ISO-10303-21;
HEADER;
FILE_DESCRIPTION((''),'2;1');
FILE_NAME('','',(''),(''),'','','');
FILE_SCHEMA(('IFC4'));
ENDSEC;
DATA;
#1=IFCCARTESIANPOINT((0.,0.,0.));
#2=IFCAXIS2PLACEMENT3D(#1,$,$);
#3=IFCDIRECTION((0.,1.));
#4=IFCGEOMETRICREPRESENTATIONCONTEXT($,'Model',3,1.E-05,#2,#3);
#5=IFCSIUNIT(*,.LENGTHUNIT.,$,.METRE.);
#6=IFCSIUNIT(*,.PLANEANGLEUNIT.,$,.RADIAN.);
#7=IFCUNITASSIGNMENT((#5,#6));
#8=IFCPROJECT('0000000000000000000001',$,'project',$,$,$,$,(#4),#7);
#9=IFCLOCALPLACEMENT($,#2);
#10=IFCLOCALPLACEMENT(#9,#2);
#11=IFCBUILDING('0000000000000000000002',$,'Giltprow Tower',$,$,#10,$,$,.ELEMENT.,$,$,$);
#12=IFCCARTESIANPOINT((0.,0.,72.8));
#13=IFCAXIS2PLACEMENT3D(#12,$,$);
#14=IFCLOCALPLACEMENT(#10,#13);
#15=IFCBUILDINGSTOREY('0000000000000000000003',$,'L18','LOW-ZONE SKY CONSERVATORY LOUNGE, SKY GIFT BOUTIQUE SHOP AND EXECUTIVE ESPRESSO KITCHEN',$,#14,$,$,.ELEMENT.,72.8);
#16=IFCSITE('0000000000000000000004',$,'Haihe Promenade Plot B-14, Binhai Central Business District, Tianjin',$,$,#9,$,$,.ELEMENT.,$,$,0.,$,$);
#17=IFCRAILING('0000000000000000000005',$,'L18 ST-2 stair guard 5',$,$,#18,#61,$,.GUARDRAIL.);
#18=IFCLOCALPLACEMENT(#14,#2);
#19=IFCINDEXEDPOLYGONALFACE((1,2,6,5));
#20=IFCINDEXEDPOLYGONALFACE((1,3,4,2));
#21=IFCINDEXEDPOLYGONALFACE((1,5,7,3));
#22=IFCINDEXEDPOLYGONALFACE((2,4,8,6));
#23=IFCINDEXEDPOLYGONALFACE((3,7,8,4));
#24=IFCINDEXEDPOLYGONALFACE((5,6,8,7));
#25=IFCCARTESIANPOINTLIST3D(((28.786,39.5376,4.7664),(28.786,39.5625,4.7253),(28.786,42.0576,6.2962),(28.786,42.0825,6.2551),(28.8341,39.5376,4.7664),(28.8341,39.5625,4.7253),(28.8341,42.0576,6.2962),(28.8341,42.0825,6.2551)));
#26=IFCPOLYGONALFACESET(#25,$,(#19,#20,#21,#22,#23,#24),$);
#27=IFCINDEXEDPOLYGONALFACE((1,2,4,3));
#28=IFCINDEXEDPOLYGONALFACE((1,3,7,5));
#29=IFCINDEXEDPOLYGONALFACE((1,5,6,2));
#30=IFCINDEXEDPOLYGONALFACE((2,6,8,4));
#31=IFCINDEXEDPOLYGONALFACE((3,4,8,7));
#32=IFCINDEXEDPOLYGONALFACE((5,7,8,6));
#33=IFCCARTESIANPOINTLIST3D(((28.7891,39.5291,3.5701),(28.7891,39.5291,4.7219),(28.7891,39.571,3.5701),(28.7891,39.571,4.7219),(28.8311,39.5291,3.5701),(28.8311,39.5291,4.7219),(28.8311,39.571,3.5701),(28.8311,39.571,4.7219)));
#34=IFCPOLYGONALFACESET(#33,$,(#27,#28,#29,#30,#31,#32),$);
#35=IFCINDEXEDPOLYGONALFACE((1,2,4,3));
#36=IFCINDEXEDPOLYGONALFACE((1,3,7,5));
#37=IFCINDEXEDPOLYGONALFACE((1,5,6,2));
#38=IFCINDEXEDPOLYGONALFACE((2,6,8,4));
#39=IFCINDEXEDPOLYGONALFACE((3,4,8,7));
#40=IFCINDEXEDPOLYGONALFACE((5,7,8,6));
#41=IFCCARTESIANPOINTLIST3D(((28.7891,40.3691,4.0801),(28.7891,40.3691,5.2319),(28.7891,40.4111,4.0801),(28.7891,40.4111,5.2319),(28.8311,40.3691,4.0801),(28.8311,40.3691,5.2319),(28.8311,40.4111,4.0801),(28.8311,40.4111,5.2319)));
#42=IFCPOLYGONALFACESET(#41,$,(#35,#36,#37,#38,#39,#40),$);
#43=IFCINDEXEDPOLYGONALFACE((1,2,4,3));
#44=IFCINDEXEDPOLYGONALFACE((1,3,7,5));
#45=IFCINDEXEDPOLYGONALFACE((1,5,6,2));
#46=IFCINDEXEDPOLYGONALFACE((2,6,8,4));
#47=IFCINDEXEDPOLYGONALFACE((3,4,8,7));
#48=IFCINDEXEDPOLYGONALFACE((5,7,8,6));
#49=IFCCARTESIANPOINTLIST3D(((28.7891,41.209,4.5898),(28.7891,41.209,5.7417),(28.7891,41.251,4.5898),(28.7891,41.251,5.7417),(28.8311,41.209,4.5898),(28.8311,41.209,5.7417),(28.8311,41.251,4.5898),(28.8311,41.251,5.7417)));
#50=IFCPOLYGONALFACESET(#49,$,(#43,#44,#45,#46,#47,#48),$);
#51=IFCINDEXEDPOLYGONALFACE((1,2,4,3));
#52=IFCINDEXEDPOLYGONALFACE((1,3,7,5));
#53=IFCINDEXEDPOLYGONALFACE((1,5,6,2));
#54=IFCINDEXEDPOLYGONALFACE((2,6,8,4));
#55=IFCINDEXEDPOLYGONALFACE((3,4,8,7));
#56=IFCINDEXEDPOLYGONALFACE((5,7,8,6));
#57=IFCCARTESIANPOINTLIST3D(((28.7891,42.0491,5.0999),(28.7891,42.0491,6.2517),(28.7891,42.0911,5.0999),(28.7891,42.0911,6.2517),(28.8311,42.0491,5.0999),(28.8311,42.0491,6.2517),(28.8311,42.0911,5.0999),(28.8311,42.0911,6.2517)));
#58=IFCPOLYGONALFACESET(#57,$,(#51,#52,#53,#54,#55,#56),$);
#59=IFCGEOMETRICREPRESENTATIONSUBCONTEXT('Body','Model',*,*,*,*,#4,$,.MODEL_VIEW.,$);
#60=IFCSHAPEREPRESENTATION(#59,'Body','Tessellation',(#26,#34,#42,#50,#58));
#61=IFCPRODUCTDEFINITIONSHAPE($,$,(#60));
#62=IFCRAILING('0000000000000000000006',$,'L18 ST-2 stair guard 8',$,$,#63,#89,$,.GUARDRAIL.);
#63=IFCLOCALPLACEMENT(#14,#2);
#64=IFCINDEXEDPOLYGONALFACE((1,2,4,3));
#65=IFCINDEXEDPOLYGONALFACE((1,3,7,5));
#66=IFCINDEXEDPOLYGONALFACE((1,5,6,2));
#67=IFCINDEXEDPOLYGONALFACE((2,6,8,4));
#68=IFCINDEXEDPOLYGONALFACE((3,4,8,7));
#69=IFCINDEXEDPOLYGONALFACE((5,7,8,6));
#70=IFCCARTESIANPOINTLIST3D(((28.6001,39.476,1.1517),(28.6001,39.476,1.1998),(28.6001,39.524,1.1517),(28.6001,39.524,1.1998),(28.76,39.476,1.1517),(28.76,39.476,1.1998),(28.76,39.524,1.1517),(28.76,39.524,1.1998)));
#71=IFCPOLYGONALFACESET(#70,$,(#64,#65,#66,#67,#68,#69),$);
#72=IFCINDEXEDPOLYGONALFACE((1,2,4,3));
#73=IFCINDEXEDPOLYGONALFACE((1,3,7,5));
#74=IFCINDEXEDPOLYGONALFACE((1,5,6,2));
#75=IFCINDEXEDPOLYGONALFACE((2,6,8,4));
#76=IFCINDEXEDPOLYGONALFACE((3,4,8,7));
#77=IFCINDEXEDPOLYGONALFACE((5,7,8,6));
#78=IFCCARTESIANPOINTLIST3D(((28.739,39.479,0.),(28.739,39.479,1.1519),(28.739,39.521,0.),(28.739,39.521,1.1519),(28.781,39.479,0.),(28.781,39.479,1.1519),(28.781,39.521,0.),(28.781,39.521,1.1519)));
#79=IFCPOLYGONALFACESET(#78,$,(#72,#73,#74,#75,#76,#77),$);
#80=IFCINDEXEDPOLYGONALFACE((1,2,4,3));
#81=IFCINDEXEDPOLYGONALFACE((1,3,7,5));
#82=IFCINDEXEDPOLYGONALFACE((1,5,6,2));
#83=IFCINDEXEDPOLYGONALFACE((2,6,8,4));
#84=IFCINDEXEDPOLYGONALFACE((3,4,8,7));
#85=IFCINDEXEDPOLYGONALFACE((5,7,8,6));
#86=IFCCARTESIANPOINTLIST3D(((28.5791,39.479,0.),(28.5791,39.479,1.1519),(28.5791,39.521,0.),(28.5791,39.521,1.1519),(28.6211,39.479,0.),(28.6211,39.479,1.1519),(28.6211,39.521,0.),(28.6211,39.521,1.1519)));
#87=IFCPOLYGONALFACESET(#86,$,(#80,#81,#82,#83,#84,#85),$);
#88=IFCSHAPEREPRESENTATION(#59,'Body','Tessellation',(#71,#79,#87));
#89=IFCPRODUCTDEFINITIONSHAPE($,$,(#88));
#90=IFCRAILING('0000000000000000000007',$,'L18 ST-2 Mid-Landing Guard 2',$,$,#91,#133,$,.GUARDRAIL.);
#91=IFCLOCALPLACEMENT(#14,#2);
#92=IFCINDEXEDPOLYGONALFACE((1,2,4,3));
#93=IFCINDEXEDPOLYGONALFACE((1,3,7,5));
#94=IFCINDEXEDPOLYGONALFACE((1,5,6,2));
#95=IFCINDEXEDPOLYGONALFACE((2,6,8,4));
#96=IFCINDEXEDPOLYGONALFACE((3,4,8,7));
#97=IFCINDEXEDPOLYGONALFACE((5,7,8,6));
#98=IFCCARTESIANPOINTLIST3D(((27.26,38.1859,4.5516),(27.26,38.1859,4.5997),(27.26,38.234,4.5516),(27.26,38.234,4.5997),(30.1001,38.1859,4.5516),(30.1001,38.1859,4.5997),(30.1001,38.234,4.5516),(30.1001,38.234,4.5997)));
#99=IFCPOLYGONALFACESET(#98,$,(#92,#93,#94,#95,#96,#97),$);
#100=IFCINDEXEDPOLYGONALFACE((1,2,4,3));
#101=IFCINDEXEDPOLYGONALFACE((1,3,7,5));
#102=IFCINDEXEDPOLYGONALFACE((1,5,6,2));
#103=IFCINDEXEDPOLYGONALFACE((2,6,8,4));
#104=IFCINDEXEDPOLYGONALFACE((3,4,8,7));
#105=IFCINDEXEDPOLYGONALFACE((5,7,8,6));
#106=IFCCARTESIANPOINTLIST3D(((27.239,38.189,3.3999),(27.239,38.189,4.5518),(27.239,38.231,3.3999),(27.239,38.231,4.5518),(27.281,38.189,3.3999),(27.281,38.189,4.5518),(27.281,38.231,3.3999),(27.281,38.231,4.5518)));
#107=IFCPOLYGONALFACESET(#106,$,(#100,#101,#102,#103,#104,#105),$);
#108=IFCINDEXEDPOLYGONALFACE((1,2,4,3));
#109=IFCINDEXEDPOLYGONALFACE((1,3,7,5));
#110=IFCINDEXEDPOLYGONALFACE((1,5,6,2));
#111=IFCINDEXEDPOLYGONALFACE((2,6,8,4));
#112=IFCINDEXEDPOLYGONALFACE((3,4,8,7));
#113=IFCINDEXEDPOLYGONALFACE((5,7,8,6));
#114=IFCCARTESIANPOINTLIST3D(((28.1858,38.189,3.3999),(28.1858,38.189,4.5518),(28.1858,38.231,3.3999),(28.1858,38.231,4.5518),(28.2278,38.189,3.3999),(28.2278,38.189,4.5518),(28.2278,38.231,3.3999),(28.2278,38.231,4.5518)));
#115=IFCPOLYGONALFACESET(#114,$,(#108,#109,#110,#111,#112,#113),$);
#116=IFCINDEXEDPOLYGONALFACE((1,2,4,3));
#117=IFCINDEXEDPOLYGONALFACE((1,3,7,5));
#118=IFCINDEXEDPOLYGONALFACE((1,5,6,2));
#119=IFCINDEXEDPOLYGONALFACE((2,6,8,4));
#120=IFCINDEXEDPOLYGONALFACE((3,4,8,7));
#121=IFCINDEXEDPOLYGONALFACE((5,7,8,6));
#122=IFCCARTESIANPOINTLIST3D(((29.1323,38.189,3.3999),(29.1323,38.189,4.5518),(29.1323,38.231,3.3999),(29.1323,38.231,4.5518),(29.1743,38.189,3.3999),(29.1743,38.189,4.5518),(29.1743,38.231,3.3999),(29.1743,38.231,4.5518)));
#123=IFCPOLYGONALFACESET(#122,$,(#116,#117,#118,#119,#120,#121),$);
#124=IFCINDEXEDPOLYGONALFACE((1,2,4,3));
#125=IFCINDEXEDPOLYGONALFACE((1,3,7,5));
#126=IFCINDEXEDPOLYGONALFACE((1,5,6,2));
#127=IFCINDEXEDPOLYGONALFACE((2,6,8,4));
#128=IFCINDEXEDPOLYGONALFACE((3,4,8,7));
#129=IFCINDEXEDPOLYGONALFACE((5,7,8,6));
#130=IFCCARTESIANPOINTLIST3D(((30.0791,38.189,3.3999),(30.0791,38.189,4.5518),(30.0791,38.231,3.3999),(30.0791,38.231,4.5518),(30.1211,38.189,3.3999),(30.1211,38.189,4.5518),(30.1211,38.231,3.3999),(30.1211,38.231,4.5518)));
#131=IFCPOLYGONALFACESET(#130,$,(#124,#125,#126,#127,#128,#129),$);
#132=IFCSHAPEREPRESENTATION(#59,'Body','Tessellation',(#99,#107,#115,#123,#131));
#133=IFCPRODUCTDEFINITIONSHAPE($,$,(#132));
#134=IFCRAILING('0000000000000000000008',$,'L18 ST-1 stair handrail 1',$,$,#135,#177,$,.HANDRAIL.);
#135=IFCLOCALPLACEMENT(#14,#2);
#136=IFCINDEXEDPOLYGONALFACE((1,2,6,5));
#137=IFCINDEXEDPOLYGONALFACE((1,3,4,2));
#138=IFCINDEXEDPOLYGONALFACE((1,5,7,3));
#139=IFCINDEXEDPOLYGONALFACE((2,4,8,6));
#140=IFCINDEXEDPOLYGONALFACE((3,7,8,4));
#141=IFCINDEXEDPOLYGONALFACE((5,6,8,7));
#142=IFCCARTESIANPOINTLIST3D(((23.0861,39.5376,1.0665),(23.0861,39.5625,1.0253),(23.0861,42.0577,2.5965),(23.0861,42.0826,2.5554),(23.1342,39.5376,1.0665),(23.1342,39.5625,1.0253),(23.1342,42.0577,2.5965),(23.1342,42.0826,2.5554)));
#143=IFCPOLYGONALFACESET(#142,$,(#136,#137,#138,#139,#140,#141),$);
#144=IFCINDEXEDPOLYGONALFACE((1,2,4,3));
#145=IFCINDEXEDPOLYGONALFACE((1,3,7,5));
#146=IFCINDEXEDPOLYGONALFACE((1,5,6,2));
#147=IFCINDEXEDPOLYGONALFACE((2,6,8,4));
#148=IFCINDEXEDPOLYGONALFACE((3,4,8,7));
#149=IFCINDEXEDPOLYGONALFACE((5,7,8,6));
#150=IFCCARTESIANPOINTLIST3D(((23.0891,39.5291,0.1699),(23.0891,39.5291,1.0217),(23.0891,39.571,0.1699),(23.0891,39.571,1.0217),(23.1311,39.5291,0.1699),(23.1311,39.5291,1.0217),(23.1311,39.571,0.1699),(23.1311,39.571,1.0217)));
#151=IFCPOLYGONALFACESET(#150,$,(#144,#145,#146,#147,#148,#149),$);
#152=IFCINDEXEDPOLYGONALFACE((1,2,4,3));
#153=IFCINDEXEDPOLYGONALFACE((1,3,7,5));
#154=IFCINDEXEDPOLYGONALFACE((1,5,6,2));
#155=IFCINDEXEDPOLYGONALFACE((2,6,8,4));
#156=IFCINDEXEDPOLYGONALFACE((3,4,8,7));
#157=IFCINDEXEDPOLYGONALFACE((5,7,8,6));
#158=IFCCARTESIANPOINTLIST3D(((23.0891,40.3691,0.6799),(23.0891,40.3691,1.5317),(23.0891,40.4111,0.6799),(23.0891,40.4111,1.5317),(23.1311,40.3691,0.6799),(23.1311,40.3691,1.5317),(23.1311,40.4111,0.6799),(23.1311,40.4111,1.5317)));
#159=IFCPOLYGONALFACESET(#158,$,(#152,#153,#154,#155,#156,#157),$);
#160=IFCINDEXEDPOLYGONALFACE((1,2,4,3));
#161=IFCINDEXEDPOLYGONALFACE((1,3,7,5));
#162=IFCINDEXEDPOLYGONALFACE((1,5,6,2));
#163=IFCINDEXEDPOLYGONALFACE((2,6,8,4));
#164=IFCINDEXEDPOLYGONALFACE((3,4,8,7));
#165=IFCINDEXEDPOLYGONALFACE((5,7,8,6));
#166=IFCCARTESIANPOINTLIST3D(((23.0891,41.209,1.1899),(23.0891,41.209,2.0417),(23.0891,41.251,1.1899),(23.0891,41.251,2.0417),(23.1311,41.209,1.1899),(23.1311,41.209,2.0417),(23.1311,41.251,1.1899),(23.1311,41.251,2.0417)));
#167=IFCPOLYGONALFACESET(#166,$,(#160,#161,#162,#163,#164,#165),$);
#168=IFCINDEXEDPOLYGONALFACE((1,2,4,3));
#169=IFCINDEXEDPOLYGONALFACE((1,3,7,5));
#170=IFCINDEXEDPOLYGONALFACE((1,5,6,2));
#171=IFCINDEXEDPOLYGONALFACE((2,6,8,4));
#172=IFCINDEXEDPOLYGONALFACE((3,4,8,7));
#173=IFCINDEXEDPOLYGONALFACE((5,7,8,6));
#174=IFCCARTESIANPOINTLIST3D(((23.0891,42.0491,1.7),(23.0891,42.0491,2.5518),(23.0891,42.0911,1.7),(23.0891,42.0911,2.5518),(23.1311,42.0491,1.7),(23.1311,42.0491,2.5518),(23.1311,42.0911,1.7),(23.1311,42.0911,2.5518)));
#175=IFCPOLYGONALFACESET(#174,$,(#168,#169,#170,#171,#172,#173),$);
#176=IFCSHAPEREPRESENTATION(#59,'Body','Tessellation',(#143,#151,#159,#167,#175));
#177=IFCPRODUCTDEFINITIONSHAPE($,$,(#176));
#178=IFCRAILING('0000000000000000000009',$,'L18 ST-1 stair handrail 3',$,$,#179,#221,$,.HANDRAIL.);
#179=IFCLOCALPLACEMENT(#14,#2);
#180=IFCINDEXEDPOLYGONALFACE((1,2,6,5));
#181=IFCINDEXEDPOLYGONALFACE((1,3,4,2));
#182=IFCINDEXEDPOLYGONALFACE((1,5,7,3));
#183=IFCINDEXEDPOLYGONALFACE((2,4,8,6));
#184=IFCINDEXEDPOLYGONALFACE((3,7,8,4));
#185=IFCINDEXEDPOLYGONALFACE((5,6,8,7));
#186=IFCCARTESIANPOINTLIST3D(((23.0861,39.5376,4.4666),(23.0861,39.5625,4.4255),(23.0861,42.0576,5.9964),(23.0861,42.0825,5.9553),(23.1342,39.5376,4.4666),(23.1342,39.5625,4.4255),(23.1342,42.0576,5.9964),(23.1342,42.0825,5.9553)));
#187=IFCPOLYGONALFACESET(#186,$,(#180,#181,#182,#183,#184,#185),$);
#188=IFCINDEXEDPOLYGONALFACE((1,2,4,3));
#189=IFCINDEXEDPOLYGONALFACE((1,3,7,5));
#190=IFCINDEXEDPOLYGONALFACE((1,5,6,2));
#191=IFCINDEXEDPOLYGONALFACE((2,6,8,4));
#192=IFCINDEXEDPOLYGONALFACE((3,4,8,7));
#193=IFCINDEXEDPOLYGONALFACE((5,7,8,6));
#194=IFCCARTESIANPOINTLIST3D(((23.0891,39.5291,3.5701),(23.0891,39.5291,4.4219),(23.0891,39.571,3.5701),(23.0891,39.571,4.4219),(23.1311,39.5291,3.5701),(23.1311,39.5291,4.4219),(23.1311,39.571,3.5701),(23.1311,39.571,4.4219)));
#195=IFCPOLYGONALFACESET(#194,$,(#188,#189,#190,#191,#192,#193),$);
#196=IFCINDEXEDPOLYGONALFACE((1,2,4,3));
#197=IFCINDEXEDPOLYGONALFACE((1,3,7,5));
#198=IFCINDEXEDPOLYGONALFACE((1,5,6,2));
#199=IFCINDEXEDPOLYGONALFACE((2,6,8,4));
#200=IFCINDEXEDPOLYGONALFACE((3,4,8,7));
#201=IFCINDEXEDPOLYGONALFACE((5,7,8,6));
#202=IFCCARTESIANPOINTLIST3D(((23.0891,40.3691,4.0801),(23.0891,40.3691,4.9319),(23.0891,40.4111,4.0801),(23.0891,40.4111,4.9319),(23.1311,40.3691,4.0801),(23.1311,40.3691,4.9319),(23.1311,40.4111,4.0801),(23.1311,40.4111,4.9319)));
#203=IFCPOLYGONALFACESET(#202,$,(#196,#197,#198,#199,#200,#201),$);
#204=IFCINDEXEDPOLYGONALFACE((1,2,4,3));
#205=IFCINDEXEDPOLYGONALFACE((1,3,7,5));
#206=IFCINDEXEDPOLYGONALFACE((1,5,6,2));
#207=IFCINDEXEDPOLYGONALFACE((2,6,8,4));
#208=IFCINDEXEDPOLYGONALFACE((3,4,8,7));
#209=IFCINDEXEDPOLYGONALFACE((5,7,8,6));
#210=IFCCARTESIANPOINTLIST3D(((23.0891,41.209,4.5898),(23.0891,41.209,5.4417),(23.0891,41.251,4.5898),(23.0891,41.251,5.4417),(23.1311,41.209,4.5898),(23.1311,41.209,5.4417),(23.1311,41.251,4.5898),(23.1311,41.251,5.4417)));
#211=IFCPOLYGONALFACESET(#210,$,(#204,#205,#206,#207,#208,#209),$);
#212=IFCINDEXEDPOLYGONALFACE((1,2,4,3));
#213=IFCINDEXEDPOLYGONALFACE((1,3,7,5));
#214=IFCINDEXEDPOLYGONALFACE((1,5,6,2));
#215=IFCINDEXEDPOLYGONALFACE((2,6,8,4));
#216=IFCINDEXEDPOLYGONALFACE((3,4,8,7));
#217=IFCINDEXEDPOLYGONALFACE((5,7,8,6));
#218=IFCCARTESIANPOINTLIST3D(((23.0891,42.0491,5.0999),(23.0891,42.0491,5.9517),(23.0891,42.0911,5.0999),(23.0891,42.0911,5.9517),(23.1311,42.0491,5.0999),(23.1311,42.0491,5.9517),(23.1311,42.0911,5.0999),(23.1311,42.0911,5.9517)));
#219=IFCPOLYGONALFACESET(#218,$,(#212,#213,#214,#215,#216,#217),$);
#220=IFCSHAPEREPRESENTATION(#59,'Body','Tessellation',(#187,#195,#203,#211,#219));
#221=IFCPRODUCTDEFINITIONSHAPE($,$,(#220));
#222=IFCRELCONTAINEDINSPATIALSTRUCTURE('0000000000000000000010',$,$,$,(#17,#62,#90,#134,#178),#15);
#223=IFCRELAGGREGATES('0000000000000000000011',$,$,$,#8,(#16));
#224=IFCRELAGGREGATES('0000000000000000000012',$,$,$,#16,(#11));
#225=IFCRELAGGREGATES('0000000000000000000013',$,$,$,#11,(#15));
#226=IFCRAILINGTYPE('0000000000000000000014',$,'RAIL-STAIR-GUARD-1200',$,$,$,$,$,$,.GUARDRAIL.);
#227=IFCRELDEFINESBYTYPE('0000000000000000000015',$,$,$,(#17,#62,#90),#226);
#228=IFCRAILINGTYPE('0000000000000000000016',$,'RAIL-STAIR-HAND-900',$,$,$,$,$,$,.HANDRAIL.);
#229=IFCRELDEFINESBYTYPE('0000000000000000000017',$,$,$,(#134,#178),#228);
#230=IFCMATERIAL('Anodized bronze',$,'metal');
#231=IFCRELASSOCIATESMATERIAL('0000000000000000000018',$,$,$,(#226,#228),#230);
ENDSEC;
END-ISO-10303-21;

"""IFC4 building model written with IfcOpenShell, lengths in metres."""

from ifc_helpers import new_model, si_unit, direction, frame, origin, origin_2d, place, context, subcontext, project, spatial, rectangle, extrude, material, type_object, element, save


model = new_model("IFC4")

# Units and contexts
model_context = context("Model", 3, precision=1e-05, world=origin(), true_north=direction((0.0, 1.0)))
body_context = subcontext(model_context, "Body", "Model", "MODEL_VIEW")
ifc_project = project(units=[si_unit("LENGTHUNIT", "METRE"), si_unit("PLANEANGLEUNIT", "RADIAN")], contexts=[model_context])

# Site, building, storey
site_placement = place(None, origin())
site = spatial("IfcSite", under=ifc_project, at=site_placement, Name="Haihe Promenade Plot B-14, Binhai Central Business District, Tianjin", CompositionType="ELEMENT", RefElevation=0.0)
building_placement = place(site_placement, origin())
building = spatial("IfcBuilding", under=site, at=building_placement, Name="Giltprow Tower", CompositionType="ELEMENT")
storey_placement = place(building_placement, frame((0.0, 0.0, 72.8)))
storey = spatial("IfcBuildingStorey", under=building, at=storey_placement, Name="L18", Description="LOW-ZONE SKY CONSERVATORY LOUNGE, SKY GIFT BOUTIQUE SHOP AND EXECUTIVE ESPRESSO KITCHEN", CompositionType="ELEMENT", Elevation=72.8)

# Railings
ifc_material_1 = material(Name="Anodized bronze", Category="metal")
railing_type_1 = type_object("IfcRailingType", Name="RAIL-STAIR-GUARD-1200", PredefinedType="GUARDRAIL", material=ifc_material_1)
railing_1_placement = place(storey_placement, frame((28.8101, 39.55, 3.5701)))
element("IfcRailing", 1, at=railing_1_placement, inside=storey, type_object=railing_type_1, Name="L18 ST-2 stair guard 5", PredefinedType="GUARDRAIL", context=body_context, shape_type="SweptSolid", body=[
    extrude(rectangle(XDim=0.0481, YDim=0.0481, at=origin_2d()), frame((0.0, 0.0, 1.1758), z_axis=(0.0, 0.854822, 0.518922), x_axis=(-1.0, 0.0, 0.0)), (0.0, 0.0, 1.0), 2.948),
    extrude(rectangle(XDim=0.042, YDim=0.042, at=origin_2d()), origin(), (0.0, 0.0, 1.0), 1.1519),
    extrude(rectangle(XDim=0.042, YDim=0.042, at=origin_2d()), frame((0.0, 0.8401, 0.51)), (0.0, 0.0, 1.0), 1.1519),
    extrude(rectangle(XDim=0.042, YDim=0.042, at=origin_2d()), frame((0.0, 1.6799, 1.0198)), (0.0, 0.0, 1.0), 1.1519),
    extrude(rectangle(XDim=0.042, YDim=0.042, at=origin_2d()), frame((0.0, 2.52, 1.5298)), (0.0, 0.0, 1.0), 1.1519),
])
railing_2_placement = place(storey_placement, frame((28.76, 39.5, 0.0)))
element("IfcRailing", 2, at=railing_2_placement, inside=storey, type_object=railing_type_1, Name="L18 ST-2 stair guard 8", PredefinedType="GUARDRAIL", context=body_context, shape_type="SweptSolid", body=[
    extrude(rectangle(XDim=0.0481, YDim=0.0481, at=origin_2d()), frame((0.0, 0.0, 1.1758), z_axis=(-1.0, 0.0, 0.0), x_axis=(0.0, -1.0, 0.0)), (0.0, 0.0, 1.0), 0.1599),
    extrude(rectangle(XDim=0.042, YDim=0.042, at=origin_2d()), origin(), (0.0, 0.0, 1.0), 1.1519),
    extrude(rectangle(XDim=0.042, YDim=0.042, at=origin_2d()), frame((-0.1599, 0.0, 0.0)), (0.0, 0.0, 1.0), 1.1519),
])
railing_3_placement = place(storey_placement, frame((27.26, 38.21, 3.3999)))
element("IfcRailing", 3, at=railing_3_placement, inside=storey, type_object=railing_type_1, Name="L18 ST-2 Mid-Landing Guard 2", PredefinedType="GUARDRAIL", context=body_context, shape_type="SweptSolid", body=[
    extrude(rectangle(XDim=0.0481, YDim=0.0481, at=origin_2d()), frame((0.0, 0.0, 1.1758), z_axis=(1.0, 0.0, 0.0), x_axis=(0.0, 1.0, 0.0)), (0.0, 0.0, 1.0), 2.8401),
    extrude(rectangle(XDim=0.042, YDim=0.042, at=origin_2d()), origin(), (0.0, 0.0, 1.0), 1.1519),
    extrude(rectangle(XDim=0.042, YDim=0.042, at=origin_2d()), frame((0.9468, 0.0, 0.0)), (0.0, 0.0, 1.0), 1.1519),
    extrude(rectangle(XDim=0.042, YDim=0.042, at=origin_2d()), frame((1.8933, 0.0, 0.0)), (0.0, 0.0, 1.0), 1.1519),
    extrude(rectangle(XDim=0.042, YDim=0.042, at=origin_2d()), frame((2.8401, 0.0, 0.0)), (0.0, 0.0, 1.0), 1.1519),
])
railing_type_2 = type_object("IfcRailingType", Name="RAIL-STAIR-HAND-900", PredefinedType="HANDRAIL", material=ifc_material_1)
railing_4_placement = place(storey_placement, frame((23.1101, 39.55, 0.1699)))
element("IfcRailing", 4, at=railing_4_placement, inside=storey, type_object=railing_type_2, Name="L18 ST-1 stair handrail 1", PredefinedType="HANDRAIL", context=body_context, shape_type="SweptSolid", body=[
    extrude(rectangle(XDim=0.0481, YDim=0.0481, at=origin_2d()), frame((0.0, 0.0, 0.876), z_axis=(0.0, 0.854785, 0.518982), x_axis=(-1.0, 0.0, 0.0)), (0.0, 0.0, 1.0), 2.9482),
    extrude(rectangle(XDim=0.042, YDim=0.042, at=origin_2d()), origin(), (0.0, 0.0, 1.0), 0.8518),
    extrude(rectangle(XDim=0.042, YDim=0.042, at=origin_2d()), frame((0.0, 0.8401, 0.51)), (0.0, 0.0, 1.0), 0.8518),
    extrude(rectangle(XDim=0.042, YDim=0.042, at=origin_2d()), frame((0.0, 1.6799, 1.02)), (0.0, 0.0, 1.0), 0.8518),
    extrude(rectangle(XDim=0.042, YDim=0.042, at=origin_2d()), frame((0.0, 2.52, 1.53)), (0.0, 0.0, 1.0), 0.8518),
])
railing_5_placement = place(storey_placement, frame((23.1101, 39.55, 3.5701)))
element("IfcRailing", 5, at=railing_5_placement, inside=storey, type_object=railing_type_2, Name="L18 ST-1 stair handrail 3", PredefinedType="HANDRAIL", context=body_context, shape_type="SweptSolid", body=[
    extrude(rectangle(XDim=0.0481, YDim=0.0481, at=origin_2d()), frame((0.0, 0.0, 0.876), z_axis=(0.0, 0.854822, 0.518922), x_axis=(-1.0, 0.0, 0.0)), (0.0, 0.0, 1.0), 2.948),
    extrude(rectangle(XDim=0.042, YDim=0.042, at=origin_2d()), origin(), (0.0, 0.0, 1.0), 0.8518),
    extrude(rectangle(XDim=0.042, YDim=0.042, at=origin_2d()), frame((0.0, 0.8401, 0.51)), (0.0, 0.0, 1.0), 0.8518),
    extrude(rectangle(XDim=0.042, YDim=0.042, at=origin_2d()), frame((0.0, 1.6799, 1.0198)), (0.0, 0.0, 1.0), 0.8518),
    extrude(rectangle(XDim=0.042, YDim=0.042, at=origin_2d()), frame((0.0, 2.52, 1.5298)), (0.0, 0.0, 1.0), 0.8518),
])

save(model, "model.ifc")
